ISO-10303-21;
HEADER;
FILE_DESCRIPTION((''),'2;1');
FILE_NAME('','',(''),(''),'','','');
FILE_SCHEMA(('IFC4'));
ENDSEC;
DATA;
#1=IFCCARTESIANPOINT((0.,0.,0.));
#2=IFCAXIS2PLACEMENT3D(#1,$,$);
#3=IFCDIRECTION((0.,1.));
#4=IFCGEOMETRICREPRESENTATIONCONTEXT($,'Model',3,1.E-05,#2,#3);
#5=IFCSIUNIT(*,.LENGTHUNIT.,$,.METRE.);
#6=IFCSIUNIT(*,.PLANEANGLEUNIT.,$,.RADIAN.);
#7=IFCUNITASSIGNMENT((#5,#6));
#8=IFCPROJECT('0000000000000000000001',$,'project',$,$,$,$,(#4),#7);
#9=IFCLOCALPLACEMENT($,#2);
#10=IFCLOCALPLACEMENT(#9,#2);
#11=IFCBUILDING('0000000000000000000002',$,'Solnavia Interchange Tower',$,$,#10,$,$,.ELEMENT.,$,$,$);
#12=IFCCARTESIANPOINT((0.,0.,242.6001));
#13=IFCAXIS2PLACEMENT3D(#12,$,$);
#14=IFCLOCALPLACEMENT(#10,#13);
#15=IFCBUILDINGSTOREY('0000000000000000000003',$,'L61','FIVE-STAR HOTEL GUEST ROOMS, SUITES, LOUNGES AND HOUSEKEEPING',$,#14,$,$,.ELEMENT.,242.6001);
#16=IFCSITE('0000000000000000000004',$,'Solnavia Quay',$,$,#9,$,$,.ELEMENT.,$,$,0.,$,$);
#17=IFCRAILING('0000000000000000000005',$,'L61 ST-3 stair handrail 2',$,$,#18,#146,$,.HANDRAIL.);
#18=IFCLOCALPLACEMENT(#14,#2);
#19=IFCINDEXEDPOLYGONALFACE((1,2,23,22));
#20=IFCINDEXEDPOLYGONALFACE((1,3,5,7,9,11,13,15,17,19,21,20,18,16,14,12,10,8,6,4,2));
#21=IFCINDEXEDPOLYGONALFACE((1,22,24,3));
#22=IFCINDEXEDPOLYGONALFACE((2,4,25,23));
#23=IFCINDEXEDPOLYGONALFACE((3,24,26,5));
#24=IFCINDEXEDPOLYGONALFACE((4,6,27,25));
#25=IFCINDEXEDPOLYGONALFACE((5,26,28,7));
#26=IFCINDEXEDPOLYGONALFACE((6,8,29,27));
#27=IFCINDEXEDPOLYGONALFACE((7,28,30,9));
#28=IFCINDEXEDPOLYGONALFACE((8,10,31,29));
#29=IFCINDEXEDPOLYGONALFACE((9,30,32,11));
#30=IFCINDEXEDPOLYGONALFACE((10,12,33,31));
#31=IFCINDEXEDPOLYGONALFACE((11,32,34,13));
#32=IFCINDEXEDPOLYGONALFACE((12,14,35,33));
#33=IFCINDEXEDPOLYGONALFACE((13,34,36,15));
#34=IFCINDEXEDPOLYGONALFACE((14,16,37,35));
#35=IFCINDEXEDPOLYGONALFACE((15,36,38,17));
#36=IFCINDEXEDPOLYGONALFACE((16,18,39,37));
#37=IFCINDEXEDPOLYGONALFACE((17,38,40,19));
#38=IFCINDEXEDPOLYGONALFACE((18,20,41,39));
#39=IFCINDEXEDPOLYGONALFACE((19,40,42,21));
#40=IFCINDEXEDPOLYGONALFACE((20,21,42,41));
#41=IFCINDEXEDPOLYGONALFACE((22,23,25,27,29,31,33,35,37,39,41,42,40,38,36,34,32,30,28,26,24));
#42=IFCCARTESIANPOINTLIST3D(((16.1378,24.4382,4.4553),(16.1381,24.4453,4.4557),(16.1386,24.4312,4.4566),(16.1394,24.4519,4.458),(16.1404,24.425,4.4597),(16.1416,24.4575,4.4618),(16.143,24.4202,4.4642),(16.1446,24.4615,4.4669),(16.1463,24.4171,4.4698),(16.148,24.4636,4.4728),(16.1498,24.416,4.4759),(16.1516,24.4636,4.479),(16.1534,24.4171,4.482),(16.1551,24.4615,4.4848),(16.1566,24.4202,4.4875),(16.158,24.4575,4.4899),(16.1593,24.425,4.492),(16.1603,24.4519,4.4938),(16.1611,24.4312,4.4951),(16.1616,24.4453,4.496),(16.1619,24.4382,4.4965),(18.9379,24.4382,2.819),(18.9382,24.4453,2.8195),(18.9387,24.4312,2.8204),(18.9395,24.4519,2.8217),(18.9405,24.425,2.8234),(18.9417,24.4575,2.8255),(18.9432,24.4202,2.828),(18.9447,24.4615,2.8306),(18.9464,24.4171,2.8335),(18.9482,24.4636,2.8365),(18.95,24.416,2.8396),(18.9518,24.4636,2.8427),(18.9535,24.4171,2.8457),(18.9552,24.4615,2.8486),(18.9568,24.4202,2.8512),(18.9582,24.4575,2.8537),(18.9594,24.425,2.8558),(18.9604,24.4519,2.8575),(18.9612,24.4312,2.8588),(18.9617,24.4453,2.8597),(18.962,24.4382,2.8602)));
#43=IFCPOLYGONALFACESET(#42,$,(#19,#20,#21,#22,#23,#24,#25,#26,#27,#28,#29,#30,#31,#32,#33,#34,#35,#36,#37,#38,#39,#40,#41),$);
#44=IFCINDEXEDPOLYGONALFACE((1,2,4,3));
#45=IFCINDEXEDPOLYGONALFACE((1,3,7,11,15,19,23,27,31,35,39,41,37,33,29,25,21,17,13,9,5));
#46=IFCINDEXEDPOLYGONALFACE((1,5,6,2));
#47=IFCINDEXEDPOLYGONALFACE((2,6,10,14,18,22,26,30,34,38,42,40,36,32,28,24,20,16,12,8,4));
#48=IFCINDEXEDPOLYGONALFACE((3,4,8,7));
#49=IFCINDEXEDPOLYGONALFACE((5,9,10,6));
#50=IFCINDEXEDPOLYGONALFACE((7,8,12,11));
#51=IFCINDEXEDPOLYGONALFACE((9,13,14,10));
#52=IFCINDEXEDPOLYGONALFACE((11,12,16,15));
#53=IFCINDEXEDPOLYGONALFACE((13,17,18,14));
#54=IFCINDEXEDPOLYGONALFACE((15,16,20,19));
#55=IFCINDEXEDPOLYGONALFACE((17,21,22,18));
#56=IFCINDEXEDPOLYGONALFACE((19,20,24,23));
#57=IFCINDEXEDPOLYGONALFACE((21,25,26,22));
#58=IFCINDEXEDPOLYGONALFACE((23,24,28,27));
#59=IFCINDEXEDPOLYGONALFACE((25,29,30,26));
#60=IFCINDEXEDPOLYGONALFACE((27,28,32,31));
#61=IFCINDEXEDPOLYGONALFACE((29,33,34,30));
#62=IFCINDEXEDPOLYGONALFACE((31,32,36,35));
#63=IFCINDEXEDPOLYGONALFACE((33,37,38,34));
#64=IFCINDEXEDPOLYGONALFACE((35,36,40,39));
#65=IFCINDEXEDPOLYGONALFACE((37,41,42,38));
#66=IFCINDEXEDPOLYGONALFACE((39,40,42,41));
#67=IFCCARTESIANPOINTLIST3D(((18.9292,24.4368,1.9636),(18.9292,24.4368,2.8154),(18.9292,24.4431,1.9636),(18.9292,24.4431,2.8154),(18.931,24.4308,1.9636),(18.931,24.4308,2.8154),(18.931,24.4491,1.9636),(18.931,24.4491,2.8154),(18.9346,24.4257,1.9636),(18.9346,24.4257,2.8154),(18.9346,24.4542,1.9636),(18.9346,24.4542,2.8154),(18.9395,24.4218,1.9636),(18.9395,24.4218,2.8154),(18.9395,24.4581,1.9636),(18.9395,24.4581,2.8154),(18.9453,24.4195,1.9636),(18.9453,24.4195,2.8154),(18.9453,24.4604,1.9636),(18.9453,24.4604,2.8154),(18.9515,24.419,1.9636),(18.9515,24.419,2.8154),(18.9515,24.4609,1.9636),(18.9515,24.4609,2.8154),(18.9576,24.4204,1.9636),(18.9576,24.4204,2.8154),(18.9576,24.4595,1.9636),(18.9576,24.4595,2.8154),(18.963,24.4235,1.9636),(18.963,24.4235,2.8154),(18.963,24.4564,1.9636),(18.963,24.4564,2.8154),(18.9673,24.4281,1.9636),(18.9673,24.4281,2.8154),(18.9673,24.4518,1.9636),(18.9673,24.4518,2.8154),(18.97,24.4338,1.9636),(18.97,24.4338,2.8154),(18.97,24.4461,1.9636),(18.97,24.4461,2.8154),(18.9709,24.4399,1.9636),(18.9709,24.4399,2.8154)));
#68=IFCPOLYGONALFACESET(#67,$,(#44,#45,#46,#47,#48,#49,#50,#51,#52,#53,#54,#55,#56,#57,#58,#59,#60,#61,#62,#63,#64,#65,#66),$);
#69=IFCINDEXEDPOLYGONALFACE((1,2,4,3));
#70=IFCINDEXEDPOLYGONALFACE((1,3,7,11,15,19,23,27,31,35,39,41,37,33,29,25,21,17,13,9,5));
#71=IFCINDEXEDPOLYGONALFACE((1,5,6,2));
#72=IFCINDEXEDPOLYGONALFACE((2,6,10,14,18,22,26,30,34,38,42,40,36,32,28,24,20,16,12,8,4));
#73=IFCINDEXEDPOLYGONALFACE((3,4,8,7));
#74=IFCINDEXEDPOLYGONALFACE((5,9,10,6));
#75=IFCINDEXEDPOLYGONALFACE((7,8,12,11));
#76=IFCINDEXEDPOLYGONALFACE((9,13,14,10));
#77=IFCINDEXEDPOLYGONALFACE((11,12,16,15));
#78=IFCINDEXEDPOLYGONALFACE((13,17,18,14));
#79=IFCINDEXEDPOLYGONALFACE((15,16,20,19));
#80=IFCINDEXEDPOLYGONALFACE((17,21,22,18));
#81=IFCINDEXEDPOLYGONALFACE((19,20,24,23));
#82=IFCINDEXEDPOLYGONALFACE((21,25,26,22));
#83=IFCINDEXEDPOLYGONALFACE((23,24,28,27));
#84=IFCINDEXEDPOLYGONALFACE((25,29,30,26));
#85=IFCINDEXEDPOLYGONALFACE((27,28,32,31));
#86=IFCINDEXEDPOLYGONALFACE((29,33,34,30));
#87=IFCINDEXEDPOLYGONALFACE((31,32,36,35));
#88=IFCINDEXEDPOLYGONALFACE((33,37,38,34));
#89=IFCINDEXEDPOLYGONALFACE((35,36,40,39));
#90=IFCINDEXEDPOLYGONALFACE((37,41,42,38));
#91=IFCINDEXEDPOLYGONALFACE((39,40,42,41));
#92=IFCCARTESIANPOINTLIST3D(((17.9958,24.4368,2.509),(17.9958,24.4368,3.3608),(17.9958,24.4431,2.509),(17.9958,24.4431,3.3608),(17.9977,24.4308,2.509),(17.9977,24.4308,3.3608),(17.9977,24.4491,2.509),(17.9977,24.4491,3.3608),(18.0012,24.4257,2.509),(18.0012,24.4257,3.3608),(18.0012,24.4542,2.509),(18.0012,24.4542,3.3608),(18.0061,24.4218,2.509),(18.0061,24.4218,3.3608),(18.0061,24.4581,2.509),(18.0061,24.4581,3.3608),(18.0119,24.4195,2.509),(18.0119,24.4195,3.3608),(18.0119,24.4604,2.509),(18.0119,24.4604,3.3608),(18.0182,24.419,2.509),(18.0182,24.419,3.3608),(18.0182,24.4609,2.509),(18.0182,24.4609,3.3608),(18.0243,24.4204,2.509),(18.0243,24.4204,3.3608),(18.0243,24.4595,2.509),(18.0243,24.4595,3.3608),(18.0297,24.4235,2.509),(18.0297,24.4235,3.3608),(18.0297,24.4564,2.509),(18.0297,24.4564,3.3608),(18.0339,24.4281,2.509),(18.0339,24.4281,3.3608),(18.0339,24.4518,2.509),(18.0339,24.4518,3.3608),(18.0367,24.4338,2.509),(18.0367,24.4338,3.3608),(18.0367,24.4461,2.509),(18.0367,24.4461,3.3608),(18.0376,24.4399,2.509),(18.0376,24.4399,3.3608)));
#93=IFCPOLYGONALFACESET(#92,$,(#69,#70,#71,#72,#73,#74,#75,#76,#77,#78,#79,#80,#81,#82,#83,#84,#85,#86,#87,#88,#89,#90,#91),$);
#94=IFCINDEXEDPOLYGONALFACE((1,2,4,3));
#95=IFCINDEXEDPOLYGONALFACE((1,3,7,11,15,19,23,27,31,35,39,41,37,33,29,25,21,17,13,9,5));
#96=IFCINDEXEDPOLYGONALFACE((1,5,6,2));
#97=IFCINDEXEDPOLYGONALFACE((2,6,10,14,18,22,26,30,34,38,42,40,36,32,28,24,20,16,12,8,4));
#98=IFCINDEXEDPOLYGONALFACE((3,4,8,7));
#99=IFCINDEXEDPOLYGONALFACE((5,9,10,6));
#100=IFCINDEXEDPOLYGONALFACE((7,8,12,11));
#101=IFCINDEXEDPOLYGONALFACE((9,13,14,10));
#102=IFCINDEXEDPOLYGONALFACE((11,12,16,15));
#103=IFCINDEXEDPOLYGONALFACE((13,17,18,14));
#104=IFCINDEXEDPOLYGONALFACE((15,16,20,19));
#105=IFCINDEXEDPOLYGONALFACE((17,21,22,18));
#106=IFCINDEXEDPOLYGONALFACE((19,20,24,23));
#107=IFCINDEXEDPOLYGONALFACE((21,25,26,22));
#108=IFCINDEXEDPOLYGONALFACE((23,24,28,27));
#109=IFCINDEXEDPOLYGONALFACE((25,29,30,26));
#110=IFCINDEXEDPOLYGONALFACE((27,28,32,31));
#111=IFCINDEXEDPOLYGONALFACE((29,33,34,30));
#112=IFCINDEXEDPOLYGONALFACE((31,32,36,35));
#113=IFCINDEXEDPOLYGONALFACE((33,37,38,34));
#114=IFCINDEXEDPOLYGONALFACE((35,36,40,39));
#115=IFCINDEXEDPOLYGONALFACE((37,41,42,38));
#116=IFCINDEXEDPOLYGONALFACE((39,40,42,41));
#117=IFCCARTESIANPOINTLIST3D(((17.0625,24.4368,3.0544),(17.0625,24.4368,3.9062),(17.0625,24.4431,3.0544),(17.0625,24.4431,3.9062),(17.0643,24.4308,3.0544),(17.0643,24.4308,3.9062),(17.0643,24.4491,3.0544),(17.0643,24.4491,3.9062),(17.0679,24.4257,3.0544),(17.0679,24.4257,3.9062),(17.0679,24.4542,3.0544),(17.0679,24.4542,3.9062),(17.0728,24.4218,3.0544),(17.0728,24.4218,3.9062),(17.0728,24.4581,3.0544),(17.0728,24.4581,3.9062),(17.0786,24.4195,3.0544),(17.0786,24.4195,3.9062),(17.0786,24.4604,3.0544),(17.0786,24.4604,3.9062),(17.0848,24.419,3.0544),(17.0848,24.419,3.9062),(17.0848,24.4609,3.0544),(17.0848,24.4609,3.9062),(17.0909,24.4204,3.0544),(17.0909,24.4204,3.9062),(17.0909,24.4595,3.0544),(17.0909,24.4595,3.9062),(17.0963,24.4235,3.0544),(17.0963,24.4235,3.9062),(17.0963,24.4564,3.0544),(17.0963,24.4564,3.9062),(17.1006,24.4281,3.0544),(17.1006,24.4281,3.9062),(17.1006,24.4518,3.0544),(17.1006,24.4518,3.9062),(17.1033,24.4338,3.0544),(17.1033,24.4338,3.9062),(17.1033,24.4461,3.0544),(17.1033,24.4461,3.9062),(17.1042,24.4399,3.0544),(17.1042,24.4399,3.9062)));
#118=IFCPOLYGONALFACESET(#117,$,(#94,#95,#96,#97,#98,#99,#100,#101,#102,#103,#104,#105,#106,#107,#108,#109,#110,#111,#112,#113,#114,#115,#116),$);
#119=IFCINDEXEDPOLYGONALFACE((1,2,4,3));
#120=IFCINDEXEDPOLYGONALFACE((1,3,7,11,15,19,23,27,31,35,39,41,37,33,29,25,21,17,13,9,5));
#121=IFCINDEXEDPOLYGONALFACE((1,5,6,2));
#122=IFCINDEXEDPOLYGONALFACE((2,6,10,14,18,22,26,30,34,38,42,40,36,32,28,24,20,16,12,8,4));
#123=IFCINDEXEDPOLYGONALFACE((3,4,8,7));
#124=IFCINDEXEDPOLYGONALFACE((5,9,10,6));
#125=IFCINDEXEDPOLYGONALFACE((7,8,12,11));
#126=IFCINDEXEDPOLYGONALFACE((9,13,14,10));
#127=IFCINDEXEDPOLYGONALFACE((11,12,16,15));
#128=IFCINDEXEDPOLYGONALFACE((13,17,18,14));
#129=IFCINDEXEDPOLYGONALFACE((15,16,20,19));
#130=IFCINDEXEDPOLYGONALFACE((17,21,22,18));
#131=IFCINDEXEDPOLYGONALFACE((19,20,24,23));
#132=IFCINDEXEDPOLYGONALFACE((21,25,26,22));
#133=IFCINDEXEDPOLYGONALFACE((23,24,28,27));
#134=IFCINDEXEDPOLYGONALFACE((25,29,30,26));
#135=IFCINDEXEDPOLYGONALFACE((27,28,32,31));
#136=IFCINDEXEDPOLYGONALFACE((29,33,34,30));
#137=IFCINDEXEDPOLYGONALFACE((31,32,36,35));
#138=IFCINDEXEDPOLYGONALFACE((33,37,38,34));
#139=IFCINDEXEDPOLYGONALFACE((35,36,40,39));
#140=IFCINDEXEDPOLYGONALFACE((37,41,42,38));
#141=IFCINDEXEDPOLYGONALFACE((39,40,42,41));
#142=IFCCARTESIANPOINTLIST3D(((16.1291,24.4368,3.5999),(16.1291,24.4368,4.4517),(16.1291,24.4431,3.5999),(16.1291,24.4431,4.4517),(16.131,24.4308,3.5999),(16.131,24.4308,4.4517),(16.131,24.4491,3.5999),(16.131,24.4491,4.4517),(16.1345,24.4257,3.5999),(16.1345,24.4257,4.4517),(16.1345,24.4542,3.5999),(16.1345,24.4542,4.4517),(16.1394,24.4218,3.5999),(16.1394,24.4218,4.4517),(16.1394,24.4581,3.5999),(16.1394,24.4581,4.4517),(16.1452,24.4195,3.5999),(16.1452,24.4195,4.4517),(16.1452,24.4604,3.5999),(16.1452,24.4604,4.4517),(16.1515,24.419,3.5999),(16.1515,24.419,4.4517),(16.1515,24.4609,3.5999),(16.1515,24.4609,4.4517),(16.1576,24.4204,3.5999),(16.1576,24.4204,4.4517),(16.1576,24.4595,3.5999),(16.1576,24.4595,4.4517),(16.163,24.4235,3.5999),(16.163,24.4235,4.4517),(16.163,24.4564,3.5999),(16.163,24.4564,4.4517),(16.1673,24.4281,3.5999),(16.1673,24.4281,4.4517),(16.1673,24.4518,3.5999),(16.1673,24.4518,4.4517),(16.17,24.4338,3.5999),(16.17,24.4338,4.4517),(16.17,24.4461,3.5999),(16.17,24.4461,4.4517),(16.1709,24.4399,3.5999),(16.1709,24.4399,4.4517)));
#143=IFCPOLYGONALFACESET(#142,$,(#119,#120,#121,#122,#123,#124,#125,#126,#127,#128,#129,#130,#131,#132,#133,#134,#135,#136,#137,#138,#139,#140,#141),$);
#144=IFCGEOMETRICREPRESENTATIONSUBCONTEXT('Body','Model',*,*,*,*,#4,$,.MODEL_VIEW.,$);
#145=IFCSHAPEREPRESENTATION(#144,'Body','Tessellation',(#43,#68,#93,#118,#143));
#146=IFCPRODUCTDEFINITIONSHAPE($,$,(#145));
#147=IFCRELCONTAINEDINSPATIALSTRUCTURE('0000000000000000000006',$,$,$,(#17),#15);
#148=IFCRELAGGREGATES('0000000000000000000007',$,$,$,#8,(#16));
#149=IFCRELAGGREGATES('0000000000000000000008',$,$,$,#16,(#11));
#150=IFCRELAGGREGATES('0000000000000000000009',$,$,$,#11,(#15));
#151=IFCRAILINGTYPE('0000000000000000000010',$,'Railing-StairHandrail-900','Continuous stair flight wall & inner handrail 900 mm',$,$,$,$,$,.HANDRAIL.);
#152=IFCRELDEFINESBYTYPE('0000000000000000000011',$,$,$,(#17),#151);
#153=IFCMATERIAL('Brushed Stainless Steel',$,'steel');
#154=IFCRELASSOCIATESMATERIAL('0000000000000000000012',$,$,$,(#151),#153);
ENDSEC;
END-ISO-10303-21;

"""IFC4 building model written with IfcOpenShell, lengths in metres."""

from ifc_helpers import new_model, si_unit, direction, frame, origin, origin_2d, place, context, subcontext, project, spatial, circle, extrude, material, type_object, element, save


model = new_model("IFC4")

# Units and contexts
model_context = context("Model", 3, precision=1e-05, world=origin(), true_north=direction((0.0, 1.0)))
body_context = subcontext(model_context, "Body", "Model", "MODEL_VIEW")
ifc_project = project(units=[si_unit("LENGTHUNIT", "METRE"), si_unit("PLANEANGLEUNIT", "RADIAN")], contexts=[model_context])

# Site, building, storey
site_placement = place(None, origin())
site = spatial("IfcSite", under=ifc_project, at=site_placement, Name="Solnavia Quay", CompositionType="ELEMENT", RefElevation=0.0)
building_placement = place(site_placement, origin())
building = spatial("IfcBuilding", under=site, at=building_placement, Name="Solnavia Interchange Tower", CompositionType="ELEMENT")
storey_placement = place(building_placement, frame((0.0, 0.0, 242.6001)))
storey = spatial("IfcBuildingStorey", under=building, at=storey_placement, Name="L61", Description="FIVE-STAR HOTEL GUEST ROOMS, SUITES, LOUNGES AND HOUSEKEEPING", CompositionType="ELEMENT", Elevation=242.6001)

# Railing
ifc_material_1 = material(Name="Brushed Stainless Steel", Category="steel")
railing_type_1 = type_object("IfcRailingType", Name="Railing-StairHandrail-900", Description="Continuous stair flight wall & inner handrail 900 mm", PredefinedType="HANDRAIL", material=ifc_material_1)
railing_1_placement = place(storey_placement, frame((18.95, 24.4399, 1.9636)))
element("IfcRailing", 1, at=railing_1_placement, inside=storey, type_object=railing_type_1, Name="L61 ST-3 stair handrail 2", PredefinedType="HANDRAIL", context=body_context, shape_type="SweptSolid", body=[
    extrude(circle(Radius=0.0239, at=origin_2d()), frame((0.0, 0.0, 0.876), z_axis=(-0.863394, 0.0, 0.504531), x_axis=(0.0, -1.0, 0.0)), (0.0, 0.0, 1.0), 3.2432),
    extrude(circle(Radius=0.021, at=origin_2d()), origin(), (0.0, 0.0, 1.0), 0.8518),
    extrude(circle(Radius=0.021, at=origin_2d()), frame((-0.9333, 0.0, 0.5454)), (0.0, 0.0, 1.0), 0.8518),
    extrude(circle(Radius=0.021, at=origin_2d()), frame((-1.8667, 0.0, 1.0908)), (0.0, 0.0, 1.0), 0.8518),
    extrude(circle(Radius=0.021, at=origin_2d()), frame((-2.8, 0.0, 1.6362)), (0.0, 0.0, 1.0), 0.8518),
])

save(model, "model.ifc")
